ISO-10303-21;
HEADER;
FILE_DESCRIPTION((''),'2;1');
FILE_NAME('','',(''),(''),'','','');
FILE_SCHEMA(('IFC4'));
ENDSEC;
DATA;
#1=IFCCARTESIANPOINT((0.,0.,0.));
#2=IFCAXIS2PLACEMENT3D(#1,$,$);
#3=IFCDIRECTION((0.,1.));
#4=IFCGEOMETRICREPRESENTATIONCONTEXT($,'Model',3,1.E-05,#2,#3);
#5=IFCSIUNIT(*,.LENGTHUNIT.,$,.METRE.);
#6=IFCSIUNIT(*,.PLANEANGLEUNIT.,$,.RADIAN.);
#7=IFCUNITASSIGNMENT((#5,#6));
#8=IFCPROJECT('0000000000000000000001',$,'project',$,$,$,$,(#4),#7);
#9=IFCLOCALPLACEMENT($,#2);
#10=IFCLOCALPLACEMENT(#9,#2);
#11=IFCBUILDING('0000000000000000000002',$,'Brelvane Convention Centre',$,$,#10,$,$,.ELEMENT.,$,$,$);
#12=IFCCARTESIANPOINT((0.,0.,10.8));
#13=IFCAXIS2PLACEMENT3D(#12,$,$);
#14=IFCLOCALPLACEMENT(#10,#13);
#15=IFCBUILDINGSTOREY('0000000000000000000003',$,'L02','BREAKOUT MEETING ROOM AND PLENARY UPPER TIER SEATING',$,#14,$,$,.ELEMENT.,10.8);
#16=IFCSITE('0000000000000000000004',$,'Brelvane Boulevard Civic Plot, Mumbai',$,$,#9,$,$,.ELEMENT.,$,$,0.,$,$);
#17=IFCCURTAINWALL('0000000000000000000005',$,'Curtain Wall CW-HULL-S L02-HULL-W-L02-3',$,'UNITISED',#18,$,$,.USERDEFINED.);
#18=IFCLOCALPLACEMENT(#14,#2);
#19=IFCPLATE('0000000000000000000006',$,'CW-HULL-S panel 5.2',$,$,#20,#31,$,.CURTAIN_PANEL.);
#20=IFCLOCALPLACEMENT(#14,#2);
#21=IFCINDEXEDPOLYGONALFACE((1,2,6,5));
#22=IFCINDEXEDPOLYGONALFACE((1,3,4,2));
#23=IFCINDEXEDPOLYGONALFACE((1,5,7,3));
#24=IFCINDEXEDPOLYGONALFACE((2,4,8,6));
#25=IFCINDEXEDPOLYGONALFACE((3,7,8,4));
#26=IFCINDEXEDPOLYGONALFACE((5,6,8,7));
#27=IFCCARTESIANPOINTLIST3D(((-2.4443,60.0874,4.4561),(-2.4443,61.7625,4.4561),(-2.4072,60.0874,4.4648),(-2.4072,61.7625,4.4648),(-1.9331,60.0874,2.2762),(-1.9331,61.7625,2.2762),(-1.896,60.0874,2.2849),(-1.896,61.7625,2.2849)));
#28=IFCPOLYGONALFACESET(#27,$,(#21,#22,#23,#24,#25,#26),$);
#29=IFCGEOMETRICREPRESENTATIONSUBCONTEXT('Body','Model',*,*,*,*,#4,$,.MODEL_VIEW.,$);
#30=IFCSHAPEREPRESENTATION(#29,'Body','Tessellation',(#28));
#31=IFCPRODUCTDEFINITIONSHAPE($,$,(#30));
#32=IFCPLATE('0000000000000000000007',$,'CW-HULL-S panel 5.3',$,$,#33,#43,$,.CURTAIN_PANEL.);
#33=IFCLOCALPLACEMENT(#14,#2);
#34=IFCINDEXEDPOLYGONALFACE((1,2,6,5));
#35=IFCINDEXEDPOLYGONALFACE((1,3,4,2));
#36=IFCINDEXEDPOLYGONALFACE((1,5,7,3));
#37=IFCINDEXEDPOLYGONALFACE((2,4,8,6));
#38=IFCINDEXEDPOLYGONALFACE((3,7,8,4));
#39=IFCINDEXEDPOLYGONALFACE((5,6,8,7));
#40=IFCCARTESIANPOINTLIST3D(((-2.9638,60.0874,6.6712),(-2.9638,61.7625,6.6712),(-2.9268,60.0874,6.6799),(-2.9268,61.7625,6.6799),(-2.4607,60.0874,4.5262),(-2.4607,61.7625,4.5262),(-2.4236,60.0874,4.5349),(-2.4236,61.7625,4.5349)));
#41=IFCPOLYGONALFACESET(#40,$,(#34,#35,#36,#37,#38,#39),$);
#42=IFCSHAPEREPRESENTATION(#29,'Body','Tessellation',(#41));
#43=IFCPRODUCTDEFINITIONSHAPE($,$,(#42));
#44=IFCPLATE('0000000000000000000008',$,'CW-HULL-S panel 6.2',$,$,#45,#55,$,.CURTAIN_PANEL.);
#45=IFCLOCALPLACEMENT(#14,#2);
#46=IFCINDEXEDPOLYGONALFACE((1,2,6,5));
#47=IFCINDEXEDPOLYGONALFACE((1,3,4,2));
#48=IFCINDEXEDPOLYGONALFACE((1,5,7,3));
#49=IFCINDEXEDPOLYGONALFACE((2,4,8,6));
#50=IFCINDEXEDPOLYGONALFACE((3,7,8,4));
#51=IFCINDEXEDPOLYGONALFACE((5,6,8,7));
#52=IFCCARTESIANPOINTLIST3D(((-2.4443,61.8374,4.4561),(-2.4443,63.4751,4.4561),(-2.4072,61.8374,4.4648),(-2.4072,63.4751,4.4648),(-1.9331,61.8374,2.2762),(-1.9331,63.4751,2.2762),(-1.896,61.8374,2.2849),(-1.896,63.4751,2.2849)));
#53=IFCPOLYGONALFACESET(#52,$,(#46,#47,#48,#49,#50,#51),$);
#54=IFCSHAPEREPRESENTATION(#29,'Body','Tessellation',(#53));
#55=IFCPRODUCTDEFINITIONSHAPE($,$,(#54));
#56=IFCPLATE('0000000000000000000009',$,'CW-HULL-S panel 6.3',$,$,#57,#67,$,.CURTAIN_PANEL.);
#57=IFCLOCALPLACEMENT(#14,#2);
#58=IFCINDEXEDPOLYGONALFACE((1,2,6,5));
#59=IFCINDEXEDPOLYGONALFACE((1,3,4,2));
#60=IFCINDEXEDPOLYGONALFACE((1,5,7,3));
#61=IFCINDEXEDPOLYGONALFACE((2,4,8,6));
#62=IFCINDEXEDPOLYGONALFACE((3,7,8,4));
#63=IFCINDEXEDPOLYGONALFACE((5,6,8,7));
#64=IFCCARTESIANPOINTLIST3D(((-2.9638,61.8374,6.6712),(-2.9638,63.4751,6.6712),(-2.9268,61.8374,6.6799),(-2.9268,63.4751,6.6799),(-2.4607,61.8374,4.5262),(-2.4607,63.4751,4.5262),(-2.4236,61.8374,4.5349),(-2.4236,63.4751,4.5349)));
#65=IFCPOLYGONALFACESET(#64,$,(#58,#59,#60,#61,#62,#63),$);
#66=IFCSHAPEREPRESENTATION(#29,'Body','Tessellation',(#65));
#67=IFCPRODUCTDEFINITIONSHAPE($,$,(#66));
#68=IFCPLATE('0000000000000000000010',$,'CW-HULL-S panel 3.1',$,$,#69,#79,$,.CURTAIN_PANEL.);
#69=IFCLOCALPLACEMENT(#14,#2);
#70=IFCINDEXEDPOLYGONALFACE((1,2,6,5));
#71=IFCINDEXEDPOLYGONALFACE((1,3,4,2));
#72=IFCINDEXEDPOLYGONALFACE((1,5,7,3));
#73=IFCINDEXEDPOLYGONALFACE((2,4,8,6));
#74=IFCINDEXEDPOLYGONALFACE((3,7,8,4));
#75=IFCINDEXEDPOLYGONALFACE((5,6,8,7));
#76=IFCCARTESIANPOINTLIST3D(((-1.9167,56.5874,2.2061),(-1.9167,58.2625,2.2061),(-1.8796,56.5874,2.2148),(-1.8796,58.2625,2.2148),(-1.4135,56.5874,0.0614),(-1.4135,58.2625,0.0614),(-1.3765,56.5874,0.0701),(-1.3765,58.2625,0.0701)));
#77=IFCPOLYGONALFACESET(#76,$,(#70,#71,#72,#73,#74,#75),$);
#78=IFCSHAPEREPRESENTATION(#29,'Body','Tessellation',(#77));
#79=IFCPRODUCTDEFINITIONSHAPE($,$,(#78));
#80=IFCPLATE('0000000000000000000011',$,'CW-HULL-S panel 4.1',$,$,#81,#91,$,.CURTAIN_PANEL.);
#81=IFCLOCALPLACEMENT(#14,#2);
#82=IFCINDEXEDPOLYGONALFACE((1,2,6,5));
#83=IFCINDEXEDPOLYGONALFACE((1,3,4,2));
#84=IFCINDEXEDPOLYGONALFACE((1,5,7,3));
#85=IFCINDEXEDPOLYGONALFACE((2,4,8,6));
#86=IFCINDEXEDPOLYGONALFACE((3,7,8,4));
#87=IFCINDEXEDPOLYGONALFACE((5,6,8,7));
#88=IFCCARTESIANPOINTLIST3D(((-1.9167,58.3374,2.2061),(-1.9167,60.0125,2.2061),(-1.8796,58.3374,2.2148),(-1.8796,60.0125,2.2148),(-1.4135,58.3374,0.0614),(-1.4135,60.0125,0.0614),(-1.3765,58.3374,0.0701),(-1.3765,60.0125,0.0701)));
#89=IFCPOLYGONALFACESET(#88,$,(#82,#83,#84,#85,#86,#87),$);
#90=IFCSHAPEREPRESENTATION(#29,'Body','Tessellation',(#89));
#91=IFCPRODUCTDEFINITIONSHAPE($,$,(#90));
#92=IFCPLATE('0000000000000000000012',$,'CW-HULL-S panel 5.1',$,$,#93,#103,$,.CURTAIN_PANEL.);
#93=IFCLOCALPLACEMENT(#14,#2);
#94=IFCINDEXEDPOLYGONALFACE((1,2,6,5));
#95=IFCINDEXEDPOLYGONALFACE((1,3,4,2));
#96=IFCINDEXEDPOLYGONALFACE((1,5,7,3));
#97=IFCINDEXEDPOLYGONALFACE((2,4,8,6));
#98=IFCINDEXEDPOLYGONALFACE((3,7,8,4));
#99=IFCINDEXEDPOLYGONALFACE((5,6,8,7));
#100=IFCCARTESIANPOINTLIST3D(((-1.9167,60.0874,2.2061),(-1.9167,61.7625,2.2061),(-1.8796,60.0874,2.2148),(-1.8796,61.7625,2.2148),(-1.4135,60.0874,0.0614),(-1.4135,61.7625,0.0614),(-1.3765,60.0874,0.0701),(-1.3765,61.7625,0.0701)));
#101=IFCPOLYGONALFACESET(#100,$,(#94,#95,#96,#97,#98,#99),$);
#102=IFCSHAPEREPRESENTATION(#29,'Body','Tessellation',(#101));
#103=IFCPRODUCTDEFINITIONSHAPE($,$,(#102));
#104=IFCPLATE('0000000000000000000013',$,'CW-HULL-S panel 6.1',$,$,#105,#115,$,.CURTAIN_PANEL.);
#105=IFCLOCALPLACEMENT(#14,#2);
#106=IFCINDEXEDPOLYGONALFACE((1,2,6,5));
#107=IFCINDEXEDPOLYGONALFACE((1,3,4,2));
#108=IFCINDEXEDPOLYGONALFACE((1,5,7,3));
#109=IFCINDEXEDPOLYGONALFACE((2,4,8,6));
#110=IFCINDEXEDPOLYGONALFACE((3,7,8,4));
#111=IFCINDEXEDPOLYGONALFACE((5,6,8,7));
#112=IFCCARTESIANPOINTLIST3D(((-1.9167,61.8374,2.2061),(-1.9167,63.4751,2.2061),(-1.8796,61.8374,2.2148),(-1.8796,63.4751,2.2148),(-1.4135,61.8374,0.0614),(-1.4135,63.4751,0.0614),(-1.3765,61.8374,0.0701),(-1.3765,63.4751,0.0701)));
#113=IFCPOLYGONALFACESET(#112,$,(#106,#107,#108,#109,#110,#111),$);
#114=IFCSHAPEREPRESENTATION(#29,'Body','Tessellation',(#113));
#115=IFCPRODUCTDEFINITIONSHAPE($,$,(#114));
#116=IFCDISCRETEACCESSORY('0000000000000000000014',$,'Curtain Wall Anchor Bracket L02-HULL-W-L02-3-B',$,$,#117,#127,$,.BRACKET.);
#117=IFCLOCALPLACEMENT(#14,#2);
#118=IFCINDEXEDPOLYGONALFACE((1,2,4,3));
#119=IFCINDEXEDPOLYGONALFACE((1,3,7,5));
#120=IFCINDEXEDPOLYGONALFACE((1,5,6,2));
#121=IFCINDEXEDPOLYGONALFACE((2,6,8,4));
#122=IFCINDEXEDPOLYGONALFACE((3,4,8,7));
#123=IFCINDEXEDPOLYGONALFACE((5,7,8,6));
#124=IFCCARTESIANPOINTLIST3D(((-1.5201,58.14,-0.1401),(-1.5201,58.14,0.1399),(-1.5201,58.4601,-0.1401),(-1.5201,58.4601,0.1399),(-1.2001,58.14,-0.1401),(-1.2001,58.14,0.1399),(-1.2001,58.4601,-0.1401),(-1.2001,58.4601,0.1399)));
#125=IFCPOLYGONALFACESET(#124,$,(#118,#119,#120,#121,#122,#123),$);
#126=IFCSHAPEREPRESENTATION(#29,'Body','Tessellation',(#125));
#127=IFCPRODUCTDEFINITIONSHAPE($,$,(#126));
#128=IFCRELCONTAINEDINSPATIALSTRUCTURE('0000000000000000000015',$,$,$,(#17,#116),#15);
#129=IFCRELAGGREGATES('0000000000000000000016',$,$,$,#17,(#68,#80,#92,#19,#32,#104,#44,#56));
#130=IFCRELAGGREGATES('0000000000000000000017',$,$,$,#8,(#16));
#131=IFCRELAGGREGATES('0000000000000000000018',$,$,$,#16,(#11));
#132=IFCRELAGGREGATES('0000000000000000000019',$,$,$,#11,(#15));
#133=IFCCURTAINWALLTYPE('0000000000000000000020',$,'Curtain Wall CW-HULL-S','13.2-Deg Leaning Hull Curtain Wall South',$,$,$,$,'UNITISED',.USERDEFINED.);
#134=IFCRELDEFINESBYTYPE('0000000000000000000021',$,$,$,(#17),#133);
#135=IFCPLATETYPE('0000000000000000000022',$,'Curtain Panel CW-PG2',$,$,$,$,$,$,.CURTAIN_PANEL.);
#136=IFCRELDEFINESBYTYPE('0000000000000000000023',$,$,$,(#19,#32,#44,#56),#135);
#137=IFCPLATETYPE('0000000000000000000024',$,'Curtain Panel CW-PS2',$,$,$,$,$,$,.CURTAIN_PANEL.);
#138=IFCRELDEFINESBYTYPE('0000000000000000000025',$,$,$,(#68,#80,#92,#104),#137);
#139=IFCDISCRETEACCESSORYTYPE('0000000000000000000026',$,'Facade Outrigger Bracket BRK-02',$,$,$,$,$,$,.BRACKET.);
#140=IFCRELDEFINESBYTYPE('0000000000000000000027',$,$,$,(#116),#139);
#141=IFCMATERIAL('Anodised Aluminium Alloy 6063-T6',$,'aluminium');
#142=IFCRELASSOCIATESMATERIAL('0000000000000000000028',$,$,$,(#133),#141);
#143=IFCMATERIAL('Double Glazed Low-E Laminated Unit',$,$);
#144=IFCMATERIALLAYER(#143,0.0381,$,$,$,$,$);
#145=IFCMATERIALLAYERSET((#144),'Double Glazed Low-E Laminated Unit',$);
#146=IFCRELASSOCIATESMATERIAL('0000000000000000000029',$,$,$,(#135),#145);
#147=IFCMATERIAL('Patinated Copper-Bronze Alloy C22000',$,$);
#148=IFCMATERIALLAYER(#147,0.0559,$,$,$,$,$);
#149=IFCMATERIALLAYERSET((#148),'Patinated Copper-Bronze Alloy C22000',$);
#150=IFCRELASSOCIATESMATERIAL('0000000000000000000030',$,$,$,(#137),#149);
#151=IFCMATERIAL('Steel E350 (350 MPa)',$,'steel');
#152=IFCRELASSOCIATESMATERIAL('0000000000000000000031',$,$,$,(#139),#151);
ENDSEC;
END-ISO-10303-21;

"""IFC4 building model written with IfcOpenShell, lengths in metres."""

from ifc_helpers import new_model, si_unit, direction, frame, origin, origin_2d, place, context, subcontext, project, spatial, polyline, rectangle, outline, extrude, material, layer, layer_set, type_object, element, aggregate, save


model = new_model("IFC4")

# Units and contexts
model_context = context("Model", 3, precision=1e-05, world=origin(), true_north=direction((0.0, 1.0)))
body_context = subcontext(model_context, "Body", "Model", "MODEL_VIEW")
ifc_project = project(units=[si_unit("LENGTHUNIT", "METRE"), si_unit("PLANEANGLEUNIT", "RADIAN")], contexts=[model_context])

# Site, building, storey
site_placement = place(None, origin())
site = spatial("IfcSite", under=ifc_project, at=site_placement, Name="Brelvane Boulevard Civic Plot, Mumbai", CompositionType="ELEMENT", RefElevation=0.0)
building_placement = place(site_placement, origin())
building = spatial("IfcBuilding", under=site, at=building_placement, Name="Brelvane Convention Centre", CompositionType="ELEMENT")
storey_placement = place(building_placement, frame((0.0, 0.0, 10.8)))
storey = spatial("IfcBuildingStorey", under=building, at=storey_placement, Name="L02", Description="BREAKOUT MEETING ROOM AND PLENARY UPPER TIER SEATING", CompositionType="ELEMENT", Elevation=10.8)

# Curtain wall, plates
ifc_material_1 = material(Name="Anodised Aluminium Alloy 6063-T6", Category="aluminium")
curtain_wall_type = type_object("IfcCurtainWallType", Name="Curtain Wall CW-HULL-S", Description="13.2-Deg Leaning Hull Curtain Wall South", ElementType="UNITISED", PredefinedType="USERDEFINED", material=ifc_material_1)
curtain_wall_placement = place(storey_placement, origin())
curtain_wall = element("IfcCurtainWall", 1, at=curtain_wall_placement, inside=storey, type_object=curtain_wall_type, Name="Curtain Wall CW-HULL-S L02-HULL-W-L02-3", ObjectType="UNITISED", PredefinedType="USERDEFINED")
ifc_material_2 = material(Name="Double Glazed Low-E Laminated Unit")
ifc_layer_1 = layer(ifc_material_2, 0.0381)
ifc_layer_set_1 = layer_set([ifc_layer_1], Name="Double Glazed Low-E Laminated Unit")
plate_type_1 = type_object("IfcPlateType", Name="Curtain Panel CW-PG2", PredefinedType="CURTAIN_PANEL", material=ifc_layer_set_1)
plate_1_placement = place(storey_placement, frame((-1.896, 60.0874, 2.2849), z_axis=(0.973586, 0.0, 0.228322), x_axis=(0.0, 1.0, 0.0)))
plate_1 = element("IfcPlate", 2, at=plate_1_placement, type_object=plate_type_1, Name="CW-HULL-S panel 5.2", PredefinedType="CURTAIN_PANEL", context=body_context, shape_type="SweptSolid", body=[
    extrude(outline(polyline([(0.0, 0.0), (1.675, 0.0), (1.675, 2.2391), (0.0, 2.2391), (0.0, 0.0)])), origin(), (0.0, 0.0, -1.0), 0.0381),
])
plate_2_placement = place(storey_placement, frame((-2.4236, 60.0874, 4.5349), z_axis=(0.973572, 0.0, 0.228378), x_axis=(0.0, 1.0, 0.0)))
plate_2 = element("IfcPlate", 3, at=plate_2_placement, type_object=plate_type_1, Name="CW-HULL-S panel 5.3", PredefinedType="CURTAIN_PANEL", context=body_context, shape_type="SweptSolid", body=[
    extrude(outline(polyline([(0.0, 0.0), (1.675, 0.0), (1.675, 2.2032), (0.0, 2.2032), (0.0, 0.0)])), origin(), (0.0, 0.0, -1.0), 0.0381),
])
plate_3_placement = place(storey_placement, frame((-1.896, 61.8374, 2.2849), z_axis=(0.973586, 0.0, 0.228322), x_axis=(0.0, 1.0, 0.0)))
plate_3 = element("IfcPlate", 4, at=plate_3_placement, type_object=plate_type_1, Name="CW-HULL-S panel 6.2", PredefinedType="CURTAIN_PANEL", context=body_context, shape_type="SweptSolid", body=[
    extrude(outline(polyline([(0.0, 0.0), (1.6377, 0.0), (1.6377, 2.2391), (0.0, 2.2391), (0.0, 0.0)])), origin(), (0.0, 0.0, -1.0), 0.0381),
])
plate_4_placement = place(storey_placement, frame((-2.4236, 61.8374, 4.5349), z_axis=(0.973572, 0.0, 0.228378), x_axis=(0.0, 1.0, 0.0)))
plate_4 = element("IfcPlate", 5, at=plate_4_placement, type_object=plate_type_1, Name="CW-HULL-S panel 6.3", PredefinedType="CURTAIN_PANEL", context=body_context, shape_type="SweptSolid", body=[
    extrude(outline(polyline([(0.0, 0.0), (1.6377, 0.0), (1.6377, 2.2032), (0.0, 2.2032), (0.0, 0.0)])), origin(), (0.0, 0.0, -1.0), 0.0381),
])
ifc_material_3 = material(Name="Patinated Copper-Bronze Alloy C22000")
ifc_layer_2 = layer(ifc_material_3, 0.0559)
ifc_layer_set_2 = layer_set([ifc_layer_2], Name="Patinated Copper-Bronze Alloy C22000")
plate_type_2 = type_object("IfcPlateType", Name="Curtain Panel CW-PS2", PredefinedType="CURTAIN_PANEL", material=ifc_layer_set_2)
plate_5_placement = place(storey_placement, frame((-1.3765, 56.5874, 0.0701), z_axis=(0.973567, 0.0, 0.228403), x_axis=(0.0, 1.0, 0.0)))
plate_5 = element("IfcPlate", 6, at=plate_5_placement, type_object=plate_type_2, Name="CW-HULL-S panel 3.1", PredefinedType="CURTAIN_PANEL", context=body_context, shape_type="SweptSolid", body=[
    extrude(outline(polyline([(0.0, 0.0), (1.675, 0.0), (1.675, 2.203), (0.0, 2.203), (0.0, 0.0)])), origin(), (0.0, 0.0, -1.0), 0.0381),
])
plate_6_placement = place(storey_placement, frame((-1.3765, 58.3374, 0.0701), z_axis=(0.973567, 0.0, 0.228403), x_axis=(0.0, 1.0, 0.0)))
plate_6 = element("IfcPlate", 7, at=plate_6_placement, type_object=plate_type_2, Name="CW-HULL-S panel 4.1", PredefinedType="CURTAIN_PANEL", context=body_context, shape_type="SweptSolid", body=[
    extrude(outline(polyline([(0.0, 0.0), (1.675, 0.0), (1.675, 2.203), (0.0, 2.203), (0.0, 0.0)])), origin(), (0.0, 0.0, -1.0), 0.0381),
])
plate_7_placement = place(storey_placement, frame((-1.3765, 60.0874, 0.0701), z_axis=(0.973567, 0.0, 0.228403), x_axis=(0.0, 1.0, 0.0)))
plate_7 = element("IfcPlate", 8, at=plate_7_placement, type_object=plate_type_2, Name="CW-HULL-S panel 5.1", PredefinedType="CURTAIN_PANEL", context=body_context, shape_type="SweptSolid", body=[
    extrude(outline(polyline([(0.0, 0.0), (1.675, 0.0), (1.675, 2.203), (0.0, 2.203), (0.0, 0.0)])), origin(), (0.0, 0.0, -1.0), 0.0381),
])
plate_8_placement = place(storey_placement, frame((-1.3765, 61.8374, 0.0701), z_axis=(0.973567, 0.0, 0.228403), x_axis=(0.0, 1.0, 0.0)))
plate_8 = element("IfcPlate", 9, at=plate_8_placement, type_object=plate_type_2, Name="CW-HULL-S panel 6.1", PredefinedType="CURTAIN_PANEL", context=body_context, shape_type="SweptSolid", body=[
    extrude(outline(polyline([(0.0, 0.0), (1.6377, 0.0), (1.6377, 2.203), (0.0, 2.203), (0.0, 0.0)])), origin(), (0.0, 0.0, -1.0), 0.0381),
])
aggregate(curtain_wall, [plate_5, plate_6, plate_7, plate_1, plate_2, plate_8, plate_3, plate_4])

# Discrete accessory
ifc_material_4 = material(Name="Steel E350 (350 MPa)", Category="steel")
discrete_accessory_type = type_object("IfcDiscreteAccessoryType", Name="Facade Outrigger Bracket BRK-02", PredefinedType="BRACKET", material=ifc_material_4)
discrete_accessory_placement = place(storey_placement, frame((-1.3601, 58.3, -0.1401), z_axis=(0.0, 0.0, 1.0), x_axis=(1.0, 0.0, 0.0)))
element("IfcDiscreteAccessory", 10, at=discrete_accessory_placement, inside=storey, type_object=discrete_accessory_type, Name="Curtain Wall Anchor Bracket L02-HULL-W-L02-3-B", PredefinedType="BRACKET", context=body_context, shape_type="SweptSolid", body=[
    extrude(rectangle(XDim=0.3201, YDim=0.3201, at=origin_2d()), origin(), (0.0, 0.0, 1.0), 0.28),
])

save(model, "model.ifc")
